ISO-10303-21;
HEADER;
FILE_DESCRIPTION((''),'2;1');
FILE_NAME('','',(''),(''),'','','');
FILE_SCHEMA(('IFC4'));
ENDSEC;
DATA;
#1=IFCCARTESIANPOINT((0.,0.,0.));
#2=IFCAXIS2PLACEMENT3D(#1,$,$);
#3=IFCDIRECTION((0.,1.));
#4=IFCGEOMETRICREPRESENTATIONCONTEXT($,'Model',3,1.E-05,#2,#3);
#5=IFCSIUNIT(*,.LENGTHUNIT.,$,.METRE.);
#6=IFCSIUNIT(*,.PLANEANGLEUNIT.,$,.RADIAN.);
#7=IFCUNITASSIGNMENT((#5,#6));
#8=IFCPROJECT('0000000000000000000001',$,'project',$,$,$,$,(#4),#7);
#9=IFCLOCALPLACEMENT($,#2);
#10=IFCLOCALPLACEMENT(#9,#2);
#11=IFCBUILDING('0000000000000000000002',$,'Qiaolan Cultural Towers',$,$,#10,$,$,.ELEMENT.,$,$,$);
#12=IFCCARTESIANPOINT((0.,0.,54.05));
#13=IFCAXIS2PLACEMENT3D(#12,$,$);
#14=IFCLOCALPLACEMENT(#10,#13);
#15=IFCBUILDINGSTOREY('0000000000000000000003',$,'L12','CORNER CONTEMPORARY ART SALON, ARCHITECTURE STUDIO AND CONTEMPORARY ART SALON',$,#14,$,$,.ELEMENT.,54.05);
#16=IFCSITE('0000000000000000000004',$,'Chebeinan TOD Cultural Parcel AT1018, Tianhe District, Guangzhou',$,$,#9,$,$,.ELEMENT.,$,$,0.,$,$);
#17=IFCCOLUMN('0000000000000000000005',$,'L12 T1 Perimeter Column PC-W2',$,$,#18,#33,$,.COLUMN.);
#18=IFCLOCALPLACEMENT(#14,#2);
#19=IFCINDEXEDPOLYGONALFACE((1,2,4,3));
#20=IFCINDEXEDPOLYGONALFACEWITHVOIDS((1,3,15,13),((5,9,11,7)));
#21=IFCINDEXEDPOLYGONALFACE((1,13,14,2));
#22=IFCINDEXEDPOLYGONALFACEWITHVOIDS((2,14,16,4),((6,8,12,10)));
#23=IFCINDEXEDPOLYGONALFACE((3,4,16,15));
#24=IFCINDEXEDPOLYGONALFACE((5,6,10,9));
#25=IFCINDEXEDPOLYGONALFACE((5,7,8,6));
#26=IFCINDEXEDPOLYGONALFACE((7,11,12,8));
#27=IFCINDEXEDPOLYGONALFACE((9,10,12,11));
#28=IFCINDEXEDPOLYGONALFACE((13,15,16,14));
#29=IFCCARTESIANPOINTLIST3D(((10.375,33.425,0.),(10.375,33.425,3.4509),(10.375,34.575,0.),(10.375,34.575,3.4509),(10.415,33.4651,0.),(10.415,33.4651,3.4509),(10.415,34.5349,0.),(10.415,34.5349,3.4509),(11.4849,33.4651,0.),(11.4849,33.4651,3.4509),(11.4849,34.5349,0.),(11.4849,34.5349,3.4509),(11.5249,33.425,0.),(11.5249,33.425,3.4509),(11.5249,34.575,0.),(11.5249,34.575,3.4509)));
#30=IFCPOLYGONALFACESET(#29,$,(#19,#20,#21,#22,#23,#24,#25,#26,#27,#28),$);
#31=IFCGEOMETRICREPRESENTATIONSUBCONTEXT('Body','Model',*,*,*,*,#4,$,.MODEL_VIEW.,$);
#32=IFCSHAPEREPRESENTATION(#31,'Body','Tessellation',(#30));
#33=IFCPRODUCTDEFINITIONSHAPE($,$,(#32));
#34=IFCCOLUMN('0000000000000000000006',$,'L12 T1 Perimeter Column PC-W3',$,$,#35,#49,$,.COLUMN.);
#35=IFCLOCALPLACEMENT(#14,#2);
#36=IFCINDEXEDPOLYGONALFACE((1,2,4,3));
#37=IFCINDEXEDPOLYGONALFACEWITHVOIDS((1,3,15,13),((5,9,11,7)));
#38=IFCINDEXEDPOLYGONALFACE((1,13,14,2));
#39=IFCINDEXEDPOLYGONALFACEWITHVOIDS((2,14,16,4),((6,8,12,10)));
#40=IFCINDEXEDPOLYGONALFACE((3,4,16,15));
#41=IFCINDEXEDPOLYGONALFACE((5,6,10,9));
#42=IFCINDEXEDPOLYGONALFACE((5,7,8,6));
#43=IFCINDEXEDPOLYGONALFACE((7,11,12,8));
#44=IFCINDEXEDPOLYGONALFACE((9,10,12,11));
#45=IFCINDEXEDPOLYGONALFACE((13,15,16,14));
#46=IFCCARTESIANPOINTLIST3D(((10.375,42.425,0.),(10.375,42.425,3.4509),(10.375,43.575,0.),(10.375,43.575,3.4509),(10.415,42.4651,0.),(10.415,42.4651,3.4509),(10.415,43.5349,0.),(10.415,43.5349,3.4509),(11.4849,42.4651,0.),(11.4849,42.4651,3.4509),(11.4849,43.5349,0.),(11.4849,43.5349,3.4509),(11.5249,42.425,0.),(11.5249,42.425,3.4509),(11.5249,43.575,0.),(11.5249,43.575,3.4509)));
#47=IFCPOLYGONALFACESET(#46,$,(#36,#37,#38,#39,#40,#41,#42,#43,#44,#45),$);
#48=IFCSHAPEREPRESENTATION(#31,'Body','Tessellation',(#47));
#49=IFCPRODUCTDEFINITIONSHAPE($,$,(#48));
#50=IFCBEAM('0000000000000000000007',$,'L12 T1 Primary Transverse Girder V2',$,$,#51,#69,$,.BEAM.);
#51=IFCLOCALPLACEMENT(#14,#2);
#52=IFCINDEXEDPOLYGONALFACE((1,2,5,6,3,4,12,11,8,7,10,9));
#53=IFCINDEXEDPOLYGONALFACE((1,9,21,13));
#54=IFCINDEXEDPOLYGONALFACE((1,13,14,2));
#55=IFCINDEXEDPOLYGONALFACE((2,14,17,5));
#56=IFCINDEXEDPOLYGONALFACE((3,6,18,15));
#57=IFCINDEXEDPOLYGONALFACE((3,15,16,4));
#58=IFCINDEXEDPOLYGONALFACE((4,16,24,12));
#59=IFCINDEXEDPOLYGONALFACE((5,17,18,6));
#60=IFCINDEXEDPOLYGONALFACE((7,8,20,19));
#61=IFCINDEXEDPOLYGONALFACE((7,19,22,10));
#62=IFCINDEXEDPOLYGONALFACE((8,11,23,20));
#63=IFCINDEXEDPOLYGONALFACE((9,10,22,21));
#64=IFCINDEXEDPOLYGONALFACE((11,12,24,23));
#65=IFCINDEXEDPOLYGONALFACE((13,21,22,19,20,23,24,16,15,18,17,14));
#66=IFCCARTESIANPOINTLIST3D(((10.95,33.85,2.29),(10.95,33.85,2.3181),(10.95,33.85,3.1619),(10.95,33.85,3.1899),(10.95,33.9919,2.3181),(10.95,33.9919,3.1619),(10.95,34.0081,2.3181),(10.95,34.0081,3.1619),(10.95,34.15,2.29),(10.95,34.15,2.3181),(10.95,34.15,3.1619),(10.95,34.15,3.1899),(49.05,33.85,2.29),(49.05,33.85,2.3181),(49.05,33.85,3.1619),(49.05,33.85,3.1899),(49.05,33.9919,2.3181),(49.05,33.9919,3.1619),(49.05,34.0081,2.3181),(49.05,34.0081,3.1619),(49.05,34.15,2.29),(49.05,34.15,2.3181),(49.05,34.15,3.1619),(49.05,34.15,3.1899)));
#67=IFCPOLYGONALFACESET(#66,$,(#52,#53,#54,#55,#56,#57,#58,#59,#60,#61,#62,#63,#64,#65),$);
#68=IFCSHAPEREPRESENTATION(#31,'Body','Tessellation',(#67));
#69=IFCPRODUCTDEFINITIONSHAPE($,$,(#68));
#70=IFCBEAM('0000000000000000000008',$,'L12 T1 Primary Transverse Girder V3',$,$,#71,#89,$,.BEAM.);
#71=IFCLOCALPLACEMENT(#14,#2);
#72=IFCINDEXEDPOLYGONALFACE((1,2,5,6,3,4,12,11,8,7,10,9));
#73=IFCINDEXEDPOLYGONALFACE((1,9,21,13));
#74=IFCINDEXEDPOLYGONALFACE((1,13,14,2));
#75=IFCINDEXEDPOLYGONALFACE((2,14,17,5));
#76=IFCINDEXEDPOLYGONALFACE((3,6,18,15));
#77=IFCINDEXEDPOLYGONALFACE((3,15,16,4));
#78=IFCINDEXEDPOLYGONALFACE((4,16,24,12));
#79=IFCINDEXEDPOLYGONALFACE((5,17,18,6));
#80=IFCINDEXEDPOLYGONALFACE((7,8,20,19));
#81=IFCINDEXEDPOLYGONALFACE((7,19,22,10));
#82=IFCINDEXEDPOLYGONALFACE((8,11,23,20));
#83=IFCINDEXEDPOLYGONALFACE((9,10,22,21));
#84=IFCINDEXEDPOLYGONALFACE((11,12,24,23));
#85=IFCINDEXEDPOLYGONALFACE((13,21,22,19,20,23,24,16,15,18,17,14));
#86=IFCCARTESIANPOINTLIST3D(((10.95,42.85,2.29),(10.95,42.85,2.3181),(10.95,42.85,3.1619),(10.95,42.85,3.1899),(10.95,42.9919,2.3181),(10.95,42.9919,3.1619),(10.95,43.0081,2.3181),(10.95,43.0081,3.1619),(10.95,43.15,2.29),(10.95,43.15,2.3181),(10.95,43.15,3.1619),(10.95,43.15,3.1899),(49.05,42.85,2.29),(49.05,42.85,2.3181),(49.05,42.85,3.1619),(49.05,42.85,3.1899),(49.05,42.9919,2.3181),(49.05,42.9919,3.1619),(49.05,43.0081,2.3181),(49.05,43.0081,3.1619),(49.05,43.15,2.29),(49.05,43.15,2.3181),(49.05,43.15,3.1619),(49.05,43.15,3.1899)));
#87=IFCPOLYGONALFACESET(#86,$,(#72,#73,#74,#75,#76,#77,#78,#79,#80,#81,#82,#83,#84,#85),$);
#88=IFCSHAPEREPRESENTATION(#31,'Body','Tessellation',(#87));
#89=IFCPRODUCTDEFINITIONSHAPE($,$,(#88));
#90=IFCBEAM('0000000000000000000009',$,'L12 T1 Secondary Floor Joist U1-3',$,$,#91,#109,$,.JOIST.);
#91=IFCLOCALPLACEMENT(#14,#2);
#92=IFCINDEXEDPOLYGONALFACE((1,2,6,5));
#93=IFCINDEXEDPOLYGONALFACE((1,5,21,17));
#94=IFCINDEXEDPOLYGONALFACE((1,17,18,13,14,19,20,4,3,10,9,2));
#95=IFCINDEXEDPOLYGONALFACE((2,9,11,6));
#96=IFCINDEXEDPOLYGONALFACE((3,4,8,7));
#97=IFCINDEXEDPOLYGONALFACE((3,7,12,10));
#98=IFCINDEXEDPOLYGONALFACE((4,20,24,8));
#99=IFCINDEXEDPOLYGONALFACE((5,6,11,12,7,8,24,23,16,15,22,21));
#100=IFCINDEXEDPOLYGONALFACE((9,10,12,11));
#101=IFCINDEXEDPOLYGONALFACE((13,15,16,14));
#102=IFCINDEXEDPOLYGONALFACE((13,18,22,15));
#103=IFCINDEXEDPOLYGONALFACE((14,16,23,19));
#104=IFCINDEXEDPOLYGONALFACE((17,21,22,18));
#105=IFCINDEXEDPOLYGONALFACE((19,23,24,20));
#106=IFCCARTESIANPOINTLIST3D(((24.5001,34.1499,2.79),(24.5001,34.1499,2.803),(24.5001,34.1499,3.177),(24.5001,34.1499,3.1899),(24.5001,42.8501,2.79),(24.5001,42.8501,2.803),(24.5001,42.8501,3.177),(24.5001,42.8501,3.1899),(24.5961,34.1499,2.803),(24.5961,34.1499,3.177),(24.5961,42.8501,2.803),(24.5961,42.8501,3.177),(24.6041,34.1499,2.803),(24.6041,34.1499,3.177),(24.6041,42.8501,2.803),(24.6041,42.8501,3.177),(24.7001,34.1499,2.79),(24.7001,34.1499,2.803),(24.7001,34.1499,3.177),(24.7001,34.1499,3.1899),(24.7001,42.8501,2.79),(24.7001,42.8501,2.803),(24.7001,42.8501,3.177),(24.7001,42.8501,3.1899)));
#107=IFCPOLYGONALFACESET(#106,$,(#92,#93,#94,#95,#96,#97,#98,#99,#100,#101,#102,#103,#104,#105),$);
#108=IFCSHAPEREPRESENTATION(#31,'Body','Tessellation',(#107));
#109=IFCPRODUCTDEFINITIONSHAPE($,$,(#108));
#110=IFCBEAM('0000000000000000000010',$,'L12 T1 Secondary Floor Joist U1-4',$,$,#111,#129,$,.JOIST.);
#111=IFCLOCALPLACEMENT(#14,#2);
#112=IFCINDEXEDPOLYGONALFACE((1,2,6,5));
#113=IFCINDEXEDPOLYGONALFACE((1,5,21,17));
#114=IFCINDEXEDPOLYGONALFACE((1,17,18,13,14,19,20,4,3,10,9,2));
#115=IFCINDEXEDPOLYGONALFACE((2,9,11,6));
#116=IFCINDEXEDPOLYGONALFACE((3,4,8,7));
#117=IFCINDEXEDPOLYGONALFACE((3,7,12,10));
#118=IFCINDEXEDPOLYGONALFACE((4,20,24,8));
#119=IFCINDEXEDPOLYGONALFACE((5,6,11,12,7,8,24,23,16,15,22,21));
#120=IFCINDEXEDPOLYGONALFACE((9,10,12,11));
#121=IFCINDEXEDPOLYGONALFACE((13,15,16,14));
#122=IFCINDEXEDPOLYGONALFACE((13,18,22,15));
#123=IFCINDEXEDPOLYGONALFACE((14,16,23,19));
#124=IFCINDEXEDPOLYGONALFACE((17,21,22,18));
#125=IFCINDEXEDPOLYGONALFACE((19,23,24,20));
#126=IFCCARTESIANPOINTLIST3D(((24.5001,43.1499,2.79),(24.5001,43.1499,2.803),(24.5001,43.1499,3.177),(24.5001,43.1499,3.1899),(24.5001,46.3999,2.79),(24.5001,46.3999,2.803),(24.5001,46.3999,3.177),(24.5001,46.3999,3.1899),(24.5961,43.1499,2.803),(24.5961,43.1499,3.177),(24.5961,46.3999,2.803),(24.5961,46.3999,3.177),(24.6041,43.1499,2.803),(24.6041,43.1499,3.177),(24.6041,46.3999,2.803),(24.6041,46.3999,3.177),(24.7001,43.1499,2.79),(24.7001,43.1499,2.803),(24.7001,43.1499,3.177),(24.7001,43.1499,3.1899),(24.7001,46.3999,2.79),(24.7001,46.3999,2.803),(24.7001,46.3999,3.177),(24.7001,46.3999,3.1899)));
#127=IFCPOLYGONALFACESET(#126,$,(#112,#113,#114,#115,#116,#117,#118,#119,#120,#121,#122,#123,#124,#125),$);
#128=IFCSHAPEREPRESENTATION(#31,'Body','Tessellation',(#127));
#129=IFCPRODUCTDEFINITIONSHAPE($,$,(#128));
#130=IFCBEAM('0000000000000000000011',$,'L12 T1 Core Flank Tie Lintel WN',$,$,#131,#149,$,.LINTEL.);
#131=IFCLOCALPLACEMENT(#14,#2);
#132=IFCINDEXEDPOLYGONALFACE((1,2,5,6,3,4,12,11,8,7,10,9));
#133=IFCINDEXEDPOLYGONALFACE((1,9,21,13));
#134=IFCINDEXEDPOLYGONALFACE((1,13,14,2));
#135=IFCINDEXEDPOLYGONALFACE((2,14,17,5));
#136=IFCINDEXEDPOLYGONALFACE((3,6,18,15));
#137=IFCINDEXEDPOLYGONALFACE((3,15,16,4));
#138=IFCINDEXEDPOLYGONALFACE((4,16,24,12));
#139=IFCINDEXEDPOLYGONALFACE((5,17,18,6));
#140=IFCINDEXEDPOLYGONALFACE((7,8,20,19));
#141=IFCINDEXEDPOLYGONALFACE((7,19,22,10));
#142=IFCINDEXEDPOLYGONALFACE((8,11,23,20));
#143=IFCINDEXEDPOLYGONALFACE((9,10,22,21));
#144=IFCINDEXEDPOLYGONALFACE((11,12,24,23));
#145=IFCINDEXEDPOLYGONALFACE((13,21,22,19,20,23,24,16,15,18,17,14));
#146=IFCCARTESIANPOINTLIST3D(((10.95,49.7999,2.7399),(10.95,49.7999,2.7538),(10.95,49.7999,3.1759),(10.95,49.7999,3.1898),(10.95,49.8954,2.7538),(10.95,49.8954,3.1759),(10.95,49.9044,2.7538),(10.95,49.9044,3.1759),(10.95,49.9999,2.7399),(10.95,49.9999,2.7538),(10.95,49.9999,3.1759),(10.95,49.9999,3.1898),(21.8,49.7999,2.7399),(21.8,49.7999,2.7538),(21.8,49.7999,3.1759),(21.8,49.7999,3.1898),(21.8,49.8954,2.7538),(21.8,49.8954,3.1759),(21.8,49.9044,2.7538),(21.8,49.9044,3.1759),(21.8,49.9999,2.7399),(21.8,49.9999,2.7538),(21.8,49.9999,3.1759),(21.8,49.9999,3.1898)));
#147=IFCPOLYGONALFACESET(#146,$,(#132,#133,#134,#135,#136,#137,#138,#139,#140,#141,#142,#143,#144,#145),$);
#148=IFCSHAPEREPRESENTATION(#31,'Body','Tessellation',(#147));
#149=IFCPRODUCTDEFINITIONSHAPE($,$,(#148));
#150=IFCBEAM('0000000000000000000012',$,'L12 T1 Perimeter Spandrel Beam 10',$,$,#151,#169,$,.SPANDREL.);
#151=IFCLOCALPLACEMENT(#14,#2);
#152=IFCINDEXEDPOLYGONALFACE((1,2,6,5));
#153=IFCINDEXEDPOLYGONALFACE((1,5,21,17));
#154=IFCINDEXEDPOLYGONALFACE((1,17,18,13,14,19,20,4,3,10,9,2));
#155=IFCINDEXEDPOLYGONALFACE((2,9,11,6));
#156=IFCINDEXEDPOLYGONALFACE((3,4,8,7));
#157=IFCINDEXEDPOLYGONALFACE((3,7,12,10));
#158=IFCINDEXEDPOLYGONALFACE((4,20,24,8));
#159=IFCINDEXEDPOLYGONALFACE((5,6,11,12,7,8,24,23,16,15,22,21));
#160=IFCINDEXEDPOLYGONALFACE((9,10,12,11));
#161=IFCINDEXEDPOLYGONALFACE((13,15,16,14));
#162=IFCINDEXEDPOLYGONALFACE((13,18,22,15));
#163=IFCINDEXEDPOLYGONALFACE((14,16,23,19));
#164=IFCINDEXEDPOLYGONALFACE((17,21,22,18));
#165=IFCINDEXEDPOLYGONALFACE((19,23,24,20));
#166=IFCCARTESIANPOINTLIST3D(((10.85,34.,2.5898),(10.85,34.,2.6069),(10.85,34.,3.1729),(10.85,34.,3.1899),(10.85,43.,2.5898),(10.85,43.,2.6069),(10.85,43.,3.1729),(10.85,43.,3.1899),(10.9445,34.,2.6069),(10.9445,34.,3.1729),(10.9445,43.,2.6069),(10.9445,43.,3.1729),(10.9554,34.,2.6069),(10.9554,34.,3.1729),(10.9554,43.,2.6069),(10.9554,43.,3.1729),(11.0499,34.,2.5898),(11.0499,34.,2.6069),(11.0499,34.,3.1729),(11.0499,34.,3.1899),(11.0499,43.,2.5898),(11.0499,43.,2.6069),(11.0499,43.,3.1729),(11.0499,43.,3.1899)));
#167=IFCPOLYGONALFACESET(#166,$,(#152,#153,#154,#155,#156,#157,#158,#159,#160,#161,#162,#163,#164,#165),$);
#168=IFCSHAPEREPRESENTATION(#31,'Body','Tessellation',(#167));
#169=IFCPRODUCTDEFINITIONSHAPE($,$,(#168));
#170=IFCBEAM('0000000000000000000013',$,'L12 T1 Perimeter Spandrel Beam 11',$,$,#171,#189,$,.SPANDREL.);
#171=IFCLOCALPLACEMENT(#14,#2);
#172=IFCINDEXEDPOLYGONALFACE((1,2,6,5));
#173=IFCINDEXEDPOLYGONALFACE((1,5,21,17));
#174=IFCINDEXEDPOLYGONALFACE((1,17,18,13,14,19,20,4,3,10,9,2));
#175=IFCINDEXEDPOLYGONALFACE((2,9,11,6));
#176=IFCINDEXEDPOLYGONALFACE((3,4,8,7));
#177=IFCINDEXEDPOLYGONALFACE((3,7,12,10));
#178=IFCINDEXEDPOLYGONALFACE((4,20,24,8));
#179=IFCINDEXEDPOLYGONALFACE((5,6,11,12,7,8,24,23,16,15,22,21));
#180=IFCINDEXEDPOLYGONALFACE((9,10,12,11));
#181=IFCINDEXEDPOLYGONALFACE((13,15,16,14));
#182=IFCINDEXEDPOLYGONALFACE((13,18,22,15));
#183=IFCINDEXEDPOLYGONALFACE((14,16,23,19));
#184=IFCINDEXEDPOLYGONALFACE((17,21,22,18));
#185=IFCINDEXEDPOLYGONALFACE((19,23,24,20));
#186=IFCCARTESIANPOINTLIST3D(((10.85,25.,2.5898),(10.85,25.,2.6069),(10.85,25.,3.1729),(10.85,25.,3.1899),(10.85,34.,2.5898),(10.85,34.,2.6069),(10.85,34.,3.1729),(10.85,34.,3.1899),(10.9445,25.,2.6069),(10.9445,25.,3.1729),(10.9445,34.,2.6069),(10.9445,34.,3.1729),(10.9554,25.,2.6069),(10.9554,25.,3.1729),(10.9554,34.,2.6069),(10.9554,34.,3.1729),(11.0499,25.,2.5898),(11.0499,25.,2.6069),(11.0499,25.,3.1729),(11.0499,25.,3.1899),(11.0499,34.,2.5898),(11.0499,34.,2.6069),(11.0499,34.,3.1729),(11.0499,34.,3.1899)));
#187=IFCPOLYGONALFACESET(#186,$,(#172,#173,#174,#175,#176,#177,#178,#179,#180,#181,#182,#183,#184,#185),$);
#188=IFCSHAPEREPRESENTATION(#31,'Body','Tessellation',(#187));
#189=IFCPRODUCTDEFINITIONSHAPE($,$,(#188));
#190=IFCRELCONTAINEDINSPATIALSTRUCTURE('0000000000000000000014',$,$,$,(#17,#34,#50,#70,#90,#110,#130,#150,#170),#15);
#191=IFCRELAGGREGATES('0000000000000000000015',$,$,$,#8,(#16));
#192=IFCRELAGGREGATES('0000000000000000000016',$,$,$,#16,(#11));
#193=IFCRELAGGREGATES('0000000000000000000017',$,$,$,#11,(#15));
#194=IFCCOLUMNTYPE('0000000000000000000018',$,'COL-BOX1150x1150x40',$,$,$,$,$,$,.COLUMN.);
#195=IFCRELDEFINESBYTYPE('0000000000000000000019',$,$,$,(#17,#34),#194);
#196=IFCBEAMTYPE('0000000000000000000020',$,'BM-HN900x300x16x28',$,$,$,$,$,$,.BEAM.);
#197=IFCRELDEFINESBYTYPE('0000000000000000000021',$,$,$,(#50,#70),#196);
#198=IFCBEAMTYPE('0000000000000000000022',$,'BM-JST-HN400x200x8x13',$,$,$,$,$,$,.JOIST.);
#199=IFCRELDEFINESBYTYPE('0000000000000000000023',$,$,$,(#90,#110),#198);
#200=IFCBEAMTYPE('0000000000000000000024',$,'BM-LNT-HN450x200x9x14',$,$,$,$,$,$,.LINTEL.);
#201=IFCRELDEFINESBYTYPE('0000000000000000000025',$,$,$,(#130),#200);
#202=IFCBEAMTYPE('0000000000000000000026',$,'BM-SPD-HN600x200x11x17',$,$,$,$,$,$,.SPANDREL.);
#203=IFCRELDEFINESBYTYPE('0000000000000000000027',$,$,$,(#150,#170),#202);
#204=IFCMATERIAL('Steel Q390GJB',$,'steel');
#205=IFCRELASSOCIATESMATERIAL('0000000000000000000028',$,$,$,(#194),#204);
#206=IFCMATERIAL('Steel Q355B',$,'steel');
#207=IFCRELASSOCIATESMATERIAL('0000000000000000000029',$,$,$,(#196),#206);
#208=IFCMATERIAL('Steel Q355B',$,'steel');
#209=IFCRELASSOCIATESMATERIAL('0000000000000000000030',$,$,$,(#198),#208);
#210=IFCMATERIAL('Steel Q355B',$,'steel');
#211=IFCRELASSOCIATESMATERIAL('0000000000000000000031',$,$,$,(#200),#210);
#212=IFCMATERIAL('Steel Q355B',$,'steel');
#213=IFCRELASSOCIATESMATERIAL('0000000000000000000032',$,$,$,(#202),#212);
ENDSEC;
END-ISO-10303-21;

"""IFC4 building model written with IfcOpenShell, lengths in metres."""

from ifc_helpers import new_model, si_unit, direction, frame, origin, origin_2d, place, context, subcontext, project, spatial, hollow_rectangle, i_section, extrude, material, material_profile, profile_set, type_object, element, save


model = new_model("IFC4")

# Units and contexts
model_context = context("Model", 3, precision=1e-05, world=origin(), true_north=direction((0.0, 1.0)))
body_context = subcontext(model_context, "Body", "Model", "MODEL_VIEW")
ifc_project = project(units=[si_unit("LENGTHUNIT", "METRE"), si_unit("PLANEANGLEUNIT", "RADIAN")], contexts=[model_context])

# Site, building, storey
site_placement = place(None, origin())
site = spatial("IfcSite", under=ifc_project, at=site_placement, Name="Chebeinan TOD Cultural Parcel AT1018, Tianhe District, Guangzhou", CompositionType="ELEMENT", RefElevation=0.0)
building_placement = place(site_placement, origin())
building = spatial("IfcBuilding", under=site, at=building_placement, Name="Qiaolan Cultural Towers", CompositionType="ELEMENT")
storey_placement = place(building_placement, frame((0.0, 0.0, 54.05)))
storey = spatial("IfcBuildingStorey", under=building, at=storey_placement, Name="L12", Description="CORNER CONTEMPORARY ART SALON, ARCHITECTURE STUDIO AND CONTEMPORARY ART SALON", CompositionType="ELEMENT", Elevation=54.05)

# Columns
ifc_material_1 = material(Name="Steel Q390GJB", Category="steel")
ifc_material_profile_1 = material_profile(ifc_material_1, hollow_rectangle(XDim=1.1499, YDim=1.1499, WallThickness=0.04, at=origin_2d()), Name="BOX1150x1150x40")
ifc_profile_set_1 = profile_set([ifc_material_profile_1], Name="Steel Q390GJB")
column_type = type_object("IfcColumnType", Name="COL-BOX1150x1150x40", PredefinedType="COLUMN", material=ifc_profile_set_1)
for number, where, z_axis, x_axis, name in (
    (1, (10.95, 34.0, 0.0), (0.0, 0.0, 1.0), (1.0, 0.0, 0.0), "L12 T1 Perimeter Column PC-W2"),
    (2, (10.95, 43.0, 0.0), (0.0, 0.0, 1.0), (1.0, 0.0, 0.0), "L12 T1 Perimeter Column PC-W3"),
):
    element("IfcColumn", number, at=place(storey_placement, frame(where, z_axis=z_axis, x_axis=x_axis)), inside=storey, type_object=column_type, Name=name, PredefinedType="COLUMN", context=body_context, shape_type="SweptSolid", body=[
        extrude(hollow_rectangle(XDim=1.1499, YDim=1.1499, WallThickness=0.04, at=origin_2d()), origin(), (0.0, 0.0, 1.0), 3.4509),
    ])

# Beams
ifc_material_2 = material(Name="Steel Q355B", Category="steel")
ifc_material_profile_2 = material_profile(ifc_material_2, i_section(OverallWidth=0.3, OverallDepth=0.8999, WebThickness=0.0161, FlangeThickness=0.0281, at=origin_2d()), Name="HN900x300x16x28")
ifc_profile_set_2 = profile_set([ifc_material_profile_2], Name="Steel Q355B")
beam_type_1 = type_object("IfcBeamType", Name="BM-HN900x300x16x28", PredefinedType="BEAM", material=ifc_profile_set_2)
for number, where, z_axis, x_axis, name in (
    (3, (10.95, 34.0, 2.74), (1.0, 0.0, 0.0), (0.0, 1.0, 0.0), "L12 T1 Primary Transverse Girder V2"),
    (4, (10.95, 43.0, 2.74), (1.0, 0.0, 0.0), (0.0, 1.0, 0.0), "L12 T1 Primary Transverse Girder V3"),
):
    element("IfcBeam", number, at=place(storey_placement, frame(where, z_axis=z_axis, x_axis=x_axis)), inside=storey, type_object=beam_type_1, Name=name, PredefinedType="BEAM", context=body_context, shape_type="SweptSolid", body=[
        extrude(i_section(OverallWidth=0.3, OverallDepth=0.8999, WebThickness=0.0161, FlangeThickness=0.0281, at=origin_2d()), origin(), (0.0, 0.0, 1.0), 38.1001),
    ])
ifc_material_3 = material(Name="Steel Q355B", Category="steel")
ifc_material_profile_3 = material_profile(ifc_material_3, i_section(OverallWidth=0.2, OverallDepth=0.3999, WebThickness=0.0081, FlangeThickness=0.0129, at=origin_2d()), Name="HN400x200x8x13")
ifc_profile_set_3 = profile_set([ifc_material_profile_3], Name="Steel Q355B")
beam_type_2 = type_object("IfcBeamType", Name="BM-JST-HN400x200x8x13", PredefinedType="JOIST", material=ifc_profile_set_3)
beam_1_placement = place(storey_placement, frame((24.6001, 34.1499, 2.99), z_axis=(0.0, 1.0, 0.0), x_axis=(-1.0, 0.0, 0.0)))
element("IfcBeam", 5, at=beam_1_placement, inside=storey, type_object=beam_type_2, Name="L12 T1 Secondary Floor Joist U1-3", PredefinedType="JOIST", context=body_context, shape_type="SweptSolid", body=[
    extrude(i_section(OverallWidth=0.2, OverallDepth=0.3999, WebThickness=0.0081, FlangeThickness=0.0129, at=origin_2d()), origin(), (0.0, 0.0, 1.0), 8.7002),
])
beam_2_placement = place(storey_placement, frame((24.6001, 43.1499, 2.99), z_axis=(0.0, 1.0, 0.0), x_axis=(-1.0, 0.0, 0.0)))
element("IfcBeam", 6, at=beam_2_placement, inside=storey, type_object=beam_type_2, Name="L12 T1 Secondary Floor Joist U1-4", PredefinedType="JOIST", context=body_context, shape_type="SweptSolid", body=[
    extrude(i_section(OverallWidth=0.2, OverallDepth=0.3999, WebThickness=0.0081, FlangeThickness=0.0129, at=origin_2d()), origin(), (0.0, 0.0, 1.0), 3.25),
])
ifc_material_4 = material(Name="Steel Q355B", Category="steel")
ifc_material_profile_4 = material_profile(ifc_material_4, i_section(OverallWidth=0.2, OverallDepth=0.45, WebThickness=0.009, FlangeThickness=0.0139, at=origin_2d()), Name="HN450x200x9x14")
ifc_profile_set_4 = profile_set([ifc_material_profile_4], Name="Steel Q355B")
beam_type_3 = type_object("IfcBeamType", Name="BM-LNT-HN450x200x9x14", PredefinedType="LINTEL", material=ifc_profile_set_4)
beam_3_placement = place(storey_placement, frame((21.8, 49.8999, 2.9648), z_axis=(-1.0, 0.0, 0.0), x_axis=(0.0, -1.0, 0.0)))
element("IfcBeam", 7, at=beam_3_placement, inside=storey, type_object=beam_type_3, Name="L12 T1 Core Flank Tie Lintel WN", PredefinedType="LINTEL", context=body_context, shape_type="SweptSolid", body=[
    extrude(i_section(OverallWidth=0.2, OverallDepth=0.45, WebThickness=0.009, FlangeThickness=0.0139, at=origin_2d()), origin(), (0.0, 0.0, 1.0), 10.8501),
])
ifc_material_5 = material(Name="Steel Q355B", Category="steel")
ifc_material_profile_5 = material_profile(ifc_material_5, i_section(OverallWidth=0.2, OverallDepth=0.6001, WebThickness=0.011, FlangeThickness=0.0171, at=origin_2d()), Name="HN600x200x11x17")
ifc_profile_set_5 = profile_set([ifc_material_profile_5], Name="Steel Q355B")
beam_type_4 = type_object("IfcBeamType", Name="BM-SPD-HN600x200x11x17", PredefinedType="SPANDREL", material=ifc_profile_set_5)
for number, where, z_axis, x_axis, name in (
    (8, (10.95, 43.0, 2.8899), (0.0, -1.0, 0.0), (1.0, 0.0, 0.0), "L12 T1 Perimeter Spandrel Beam 10"),
    (9, (10.95, 34.0, 2.8899), (0.0, -1.0, 0.0), (1.0, 0.0, 0.0), "L12 T1 Perimeter Spandrel Beam 11"),
):
    element("IfcBeam", number, at=place(storey_placement, frame(where, z_axis=z_axis, x_axis=x_axis)), inside=storey, type_object=beam_type_4, Name=name, PredefinedType="SPANDREL", context=body_context, shape_type="SweptSolid", body=[
        extrude(i_section(OverallWidth=0.2, OverallDepth=0.6001, WebThickness=0.011, FlangeThickness=0.0171, at=origin_2d()), origin(), (0.0, 0.0, 1.0), 9.0),
    ])

save(model, "model.ifc")
